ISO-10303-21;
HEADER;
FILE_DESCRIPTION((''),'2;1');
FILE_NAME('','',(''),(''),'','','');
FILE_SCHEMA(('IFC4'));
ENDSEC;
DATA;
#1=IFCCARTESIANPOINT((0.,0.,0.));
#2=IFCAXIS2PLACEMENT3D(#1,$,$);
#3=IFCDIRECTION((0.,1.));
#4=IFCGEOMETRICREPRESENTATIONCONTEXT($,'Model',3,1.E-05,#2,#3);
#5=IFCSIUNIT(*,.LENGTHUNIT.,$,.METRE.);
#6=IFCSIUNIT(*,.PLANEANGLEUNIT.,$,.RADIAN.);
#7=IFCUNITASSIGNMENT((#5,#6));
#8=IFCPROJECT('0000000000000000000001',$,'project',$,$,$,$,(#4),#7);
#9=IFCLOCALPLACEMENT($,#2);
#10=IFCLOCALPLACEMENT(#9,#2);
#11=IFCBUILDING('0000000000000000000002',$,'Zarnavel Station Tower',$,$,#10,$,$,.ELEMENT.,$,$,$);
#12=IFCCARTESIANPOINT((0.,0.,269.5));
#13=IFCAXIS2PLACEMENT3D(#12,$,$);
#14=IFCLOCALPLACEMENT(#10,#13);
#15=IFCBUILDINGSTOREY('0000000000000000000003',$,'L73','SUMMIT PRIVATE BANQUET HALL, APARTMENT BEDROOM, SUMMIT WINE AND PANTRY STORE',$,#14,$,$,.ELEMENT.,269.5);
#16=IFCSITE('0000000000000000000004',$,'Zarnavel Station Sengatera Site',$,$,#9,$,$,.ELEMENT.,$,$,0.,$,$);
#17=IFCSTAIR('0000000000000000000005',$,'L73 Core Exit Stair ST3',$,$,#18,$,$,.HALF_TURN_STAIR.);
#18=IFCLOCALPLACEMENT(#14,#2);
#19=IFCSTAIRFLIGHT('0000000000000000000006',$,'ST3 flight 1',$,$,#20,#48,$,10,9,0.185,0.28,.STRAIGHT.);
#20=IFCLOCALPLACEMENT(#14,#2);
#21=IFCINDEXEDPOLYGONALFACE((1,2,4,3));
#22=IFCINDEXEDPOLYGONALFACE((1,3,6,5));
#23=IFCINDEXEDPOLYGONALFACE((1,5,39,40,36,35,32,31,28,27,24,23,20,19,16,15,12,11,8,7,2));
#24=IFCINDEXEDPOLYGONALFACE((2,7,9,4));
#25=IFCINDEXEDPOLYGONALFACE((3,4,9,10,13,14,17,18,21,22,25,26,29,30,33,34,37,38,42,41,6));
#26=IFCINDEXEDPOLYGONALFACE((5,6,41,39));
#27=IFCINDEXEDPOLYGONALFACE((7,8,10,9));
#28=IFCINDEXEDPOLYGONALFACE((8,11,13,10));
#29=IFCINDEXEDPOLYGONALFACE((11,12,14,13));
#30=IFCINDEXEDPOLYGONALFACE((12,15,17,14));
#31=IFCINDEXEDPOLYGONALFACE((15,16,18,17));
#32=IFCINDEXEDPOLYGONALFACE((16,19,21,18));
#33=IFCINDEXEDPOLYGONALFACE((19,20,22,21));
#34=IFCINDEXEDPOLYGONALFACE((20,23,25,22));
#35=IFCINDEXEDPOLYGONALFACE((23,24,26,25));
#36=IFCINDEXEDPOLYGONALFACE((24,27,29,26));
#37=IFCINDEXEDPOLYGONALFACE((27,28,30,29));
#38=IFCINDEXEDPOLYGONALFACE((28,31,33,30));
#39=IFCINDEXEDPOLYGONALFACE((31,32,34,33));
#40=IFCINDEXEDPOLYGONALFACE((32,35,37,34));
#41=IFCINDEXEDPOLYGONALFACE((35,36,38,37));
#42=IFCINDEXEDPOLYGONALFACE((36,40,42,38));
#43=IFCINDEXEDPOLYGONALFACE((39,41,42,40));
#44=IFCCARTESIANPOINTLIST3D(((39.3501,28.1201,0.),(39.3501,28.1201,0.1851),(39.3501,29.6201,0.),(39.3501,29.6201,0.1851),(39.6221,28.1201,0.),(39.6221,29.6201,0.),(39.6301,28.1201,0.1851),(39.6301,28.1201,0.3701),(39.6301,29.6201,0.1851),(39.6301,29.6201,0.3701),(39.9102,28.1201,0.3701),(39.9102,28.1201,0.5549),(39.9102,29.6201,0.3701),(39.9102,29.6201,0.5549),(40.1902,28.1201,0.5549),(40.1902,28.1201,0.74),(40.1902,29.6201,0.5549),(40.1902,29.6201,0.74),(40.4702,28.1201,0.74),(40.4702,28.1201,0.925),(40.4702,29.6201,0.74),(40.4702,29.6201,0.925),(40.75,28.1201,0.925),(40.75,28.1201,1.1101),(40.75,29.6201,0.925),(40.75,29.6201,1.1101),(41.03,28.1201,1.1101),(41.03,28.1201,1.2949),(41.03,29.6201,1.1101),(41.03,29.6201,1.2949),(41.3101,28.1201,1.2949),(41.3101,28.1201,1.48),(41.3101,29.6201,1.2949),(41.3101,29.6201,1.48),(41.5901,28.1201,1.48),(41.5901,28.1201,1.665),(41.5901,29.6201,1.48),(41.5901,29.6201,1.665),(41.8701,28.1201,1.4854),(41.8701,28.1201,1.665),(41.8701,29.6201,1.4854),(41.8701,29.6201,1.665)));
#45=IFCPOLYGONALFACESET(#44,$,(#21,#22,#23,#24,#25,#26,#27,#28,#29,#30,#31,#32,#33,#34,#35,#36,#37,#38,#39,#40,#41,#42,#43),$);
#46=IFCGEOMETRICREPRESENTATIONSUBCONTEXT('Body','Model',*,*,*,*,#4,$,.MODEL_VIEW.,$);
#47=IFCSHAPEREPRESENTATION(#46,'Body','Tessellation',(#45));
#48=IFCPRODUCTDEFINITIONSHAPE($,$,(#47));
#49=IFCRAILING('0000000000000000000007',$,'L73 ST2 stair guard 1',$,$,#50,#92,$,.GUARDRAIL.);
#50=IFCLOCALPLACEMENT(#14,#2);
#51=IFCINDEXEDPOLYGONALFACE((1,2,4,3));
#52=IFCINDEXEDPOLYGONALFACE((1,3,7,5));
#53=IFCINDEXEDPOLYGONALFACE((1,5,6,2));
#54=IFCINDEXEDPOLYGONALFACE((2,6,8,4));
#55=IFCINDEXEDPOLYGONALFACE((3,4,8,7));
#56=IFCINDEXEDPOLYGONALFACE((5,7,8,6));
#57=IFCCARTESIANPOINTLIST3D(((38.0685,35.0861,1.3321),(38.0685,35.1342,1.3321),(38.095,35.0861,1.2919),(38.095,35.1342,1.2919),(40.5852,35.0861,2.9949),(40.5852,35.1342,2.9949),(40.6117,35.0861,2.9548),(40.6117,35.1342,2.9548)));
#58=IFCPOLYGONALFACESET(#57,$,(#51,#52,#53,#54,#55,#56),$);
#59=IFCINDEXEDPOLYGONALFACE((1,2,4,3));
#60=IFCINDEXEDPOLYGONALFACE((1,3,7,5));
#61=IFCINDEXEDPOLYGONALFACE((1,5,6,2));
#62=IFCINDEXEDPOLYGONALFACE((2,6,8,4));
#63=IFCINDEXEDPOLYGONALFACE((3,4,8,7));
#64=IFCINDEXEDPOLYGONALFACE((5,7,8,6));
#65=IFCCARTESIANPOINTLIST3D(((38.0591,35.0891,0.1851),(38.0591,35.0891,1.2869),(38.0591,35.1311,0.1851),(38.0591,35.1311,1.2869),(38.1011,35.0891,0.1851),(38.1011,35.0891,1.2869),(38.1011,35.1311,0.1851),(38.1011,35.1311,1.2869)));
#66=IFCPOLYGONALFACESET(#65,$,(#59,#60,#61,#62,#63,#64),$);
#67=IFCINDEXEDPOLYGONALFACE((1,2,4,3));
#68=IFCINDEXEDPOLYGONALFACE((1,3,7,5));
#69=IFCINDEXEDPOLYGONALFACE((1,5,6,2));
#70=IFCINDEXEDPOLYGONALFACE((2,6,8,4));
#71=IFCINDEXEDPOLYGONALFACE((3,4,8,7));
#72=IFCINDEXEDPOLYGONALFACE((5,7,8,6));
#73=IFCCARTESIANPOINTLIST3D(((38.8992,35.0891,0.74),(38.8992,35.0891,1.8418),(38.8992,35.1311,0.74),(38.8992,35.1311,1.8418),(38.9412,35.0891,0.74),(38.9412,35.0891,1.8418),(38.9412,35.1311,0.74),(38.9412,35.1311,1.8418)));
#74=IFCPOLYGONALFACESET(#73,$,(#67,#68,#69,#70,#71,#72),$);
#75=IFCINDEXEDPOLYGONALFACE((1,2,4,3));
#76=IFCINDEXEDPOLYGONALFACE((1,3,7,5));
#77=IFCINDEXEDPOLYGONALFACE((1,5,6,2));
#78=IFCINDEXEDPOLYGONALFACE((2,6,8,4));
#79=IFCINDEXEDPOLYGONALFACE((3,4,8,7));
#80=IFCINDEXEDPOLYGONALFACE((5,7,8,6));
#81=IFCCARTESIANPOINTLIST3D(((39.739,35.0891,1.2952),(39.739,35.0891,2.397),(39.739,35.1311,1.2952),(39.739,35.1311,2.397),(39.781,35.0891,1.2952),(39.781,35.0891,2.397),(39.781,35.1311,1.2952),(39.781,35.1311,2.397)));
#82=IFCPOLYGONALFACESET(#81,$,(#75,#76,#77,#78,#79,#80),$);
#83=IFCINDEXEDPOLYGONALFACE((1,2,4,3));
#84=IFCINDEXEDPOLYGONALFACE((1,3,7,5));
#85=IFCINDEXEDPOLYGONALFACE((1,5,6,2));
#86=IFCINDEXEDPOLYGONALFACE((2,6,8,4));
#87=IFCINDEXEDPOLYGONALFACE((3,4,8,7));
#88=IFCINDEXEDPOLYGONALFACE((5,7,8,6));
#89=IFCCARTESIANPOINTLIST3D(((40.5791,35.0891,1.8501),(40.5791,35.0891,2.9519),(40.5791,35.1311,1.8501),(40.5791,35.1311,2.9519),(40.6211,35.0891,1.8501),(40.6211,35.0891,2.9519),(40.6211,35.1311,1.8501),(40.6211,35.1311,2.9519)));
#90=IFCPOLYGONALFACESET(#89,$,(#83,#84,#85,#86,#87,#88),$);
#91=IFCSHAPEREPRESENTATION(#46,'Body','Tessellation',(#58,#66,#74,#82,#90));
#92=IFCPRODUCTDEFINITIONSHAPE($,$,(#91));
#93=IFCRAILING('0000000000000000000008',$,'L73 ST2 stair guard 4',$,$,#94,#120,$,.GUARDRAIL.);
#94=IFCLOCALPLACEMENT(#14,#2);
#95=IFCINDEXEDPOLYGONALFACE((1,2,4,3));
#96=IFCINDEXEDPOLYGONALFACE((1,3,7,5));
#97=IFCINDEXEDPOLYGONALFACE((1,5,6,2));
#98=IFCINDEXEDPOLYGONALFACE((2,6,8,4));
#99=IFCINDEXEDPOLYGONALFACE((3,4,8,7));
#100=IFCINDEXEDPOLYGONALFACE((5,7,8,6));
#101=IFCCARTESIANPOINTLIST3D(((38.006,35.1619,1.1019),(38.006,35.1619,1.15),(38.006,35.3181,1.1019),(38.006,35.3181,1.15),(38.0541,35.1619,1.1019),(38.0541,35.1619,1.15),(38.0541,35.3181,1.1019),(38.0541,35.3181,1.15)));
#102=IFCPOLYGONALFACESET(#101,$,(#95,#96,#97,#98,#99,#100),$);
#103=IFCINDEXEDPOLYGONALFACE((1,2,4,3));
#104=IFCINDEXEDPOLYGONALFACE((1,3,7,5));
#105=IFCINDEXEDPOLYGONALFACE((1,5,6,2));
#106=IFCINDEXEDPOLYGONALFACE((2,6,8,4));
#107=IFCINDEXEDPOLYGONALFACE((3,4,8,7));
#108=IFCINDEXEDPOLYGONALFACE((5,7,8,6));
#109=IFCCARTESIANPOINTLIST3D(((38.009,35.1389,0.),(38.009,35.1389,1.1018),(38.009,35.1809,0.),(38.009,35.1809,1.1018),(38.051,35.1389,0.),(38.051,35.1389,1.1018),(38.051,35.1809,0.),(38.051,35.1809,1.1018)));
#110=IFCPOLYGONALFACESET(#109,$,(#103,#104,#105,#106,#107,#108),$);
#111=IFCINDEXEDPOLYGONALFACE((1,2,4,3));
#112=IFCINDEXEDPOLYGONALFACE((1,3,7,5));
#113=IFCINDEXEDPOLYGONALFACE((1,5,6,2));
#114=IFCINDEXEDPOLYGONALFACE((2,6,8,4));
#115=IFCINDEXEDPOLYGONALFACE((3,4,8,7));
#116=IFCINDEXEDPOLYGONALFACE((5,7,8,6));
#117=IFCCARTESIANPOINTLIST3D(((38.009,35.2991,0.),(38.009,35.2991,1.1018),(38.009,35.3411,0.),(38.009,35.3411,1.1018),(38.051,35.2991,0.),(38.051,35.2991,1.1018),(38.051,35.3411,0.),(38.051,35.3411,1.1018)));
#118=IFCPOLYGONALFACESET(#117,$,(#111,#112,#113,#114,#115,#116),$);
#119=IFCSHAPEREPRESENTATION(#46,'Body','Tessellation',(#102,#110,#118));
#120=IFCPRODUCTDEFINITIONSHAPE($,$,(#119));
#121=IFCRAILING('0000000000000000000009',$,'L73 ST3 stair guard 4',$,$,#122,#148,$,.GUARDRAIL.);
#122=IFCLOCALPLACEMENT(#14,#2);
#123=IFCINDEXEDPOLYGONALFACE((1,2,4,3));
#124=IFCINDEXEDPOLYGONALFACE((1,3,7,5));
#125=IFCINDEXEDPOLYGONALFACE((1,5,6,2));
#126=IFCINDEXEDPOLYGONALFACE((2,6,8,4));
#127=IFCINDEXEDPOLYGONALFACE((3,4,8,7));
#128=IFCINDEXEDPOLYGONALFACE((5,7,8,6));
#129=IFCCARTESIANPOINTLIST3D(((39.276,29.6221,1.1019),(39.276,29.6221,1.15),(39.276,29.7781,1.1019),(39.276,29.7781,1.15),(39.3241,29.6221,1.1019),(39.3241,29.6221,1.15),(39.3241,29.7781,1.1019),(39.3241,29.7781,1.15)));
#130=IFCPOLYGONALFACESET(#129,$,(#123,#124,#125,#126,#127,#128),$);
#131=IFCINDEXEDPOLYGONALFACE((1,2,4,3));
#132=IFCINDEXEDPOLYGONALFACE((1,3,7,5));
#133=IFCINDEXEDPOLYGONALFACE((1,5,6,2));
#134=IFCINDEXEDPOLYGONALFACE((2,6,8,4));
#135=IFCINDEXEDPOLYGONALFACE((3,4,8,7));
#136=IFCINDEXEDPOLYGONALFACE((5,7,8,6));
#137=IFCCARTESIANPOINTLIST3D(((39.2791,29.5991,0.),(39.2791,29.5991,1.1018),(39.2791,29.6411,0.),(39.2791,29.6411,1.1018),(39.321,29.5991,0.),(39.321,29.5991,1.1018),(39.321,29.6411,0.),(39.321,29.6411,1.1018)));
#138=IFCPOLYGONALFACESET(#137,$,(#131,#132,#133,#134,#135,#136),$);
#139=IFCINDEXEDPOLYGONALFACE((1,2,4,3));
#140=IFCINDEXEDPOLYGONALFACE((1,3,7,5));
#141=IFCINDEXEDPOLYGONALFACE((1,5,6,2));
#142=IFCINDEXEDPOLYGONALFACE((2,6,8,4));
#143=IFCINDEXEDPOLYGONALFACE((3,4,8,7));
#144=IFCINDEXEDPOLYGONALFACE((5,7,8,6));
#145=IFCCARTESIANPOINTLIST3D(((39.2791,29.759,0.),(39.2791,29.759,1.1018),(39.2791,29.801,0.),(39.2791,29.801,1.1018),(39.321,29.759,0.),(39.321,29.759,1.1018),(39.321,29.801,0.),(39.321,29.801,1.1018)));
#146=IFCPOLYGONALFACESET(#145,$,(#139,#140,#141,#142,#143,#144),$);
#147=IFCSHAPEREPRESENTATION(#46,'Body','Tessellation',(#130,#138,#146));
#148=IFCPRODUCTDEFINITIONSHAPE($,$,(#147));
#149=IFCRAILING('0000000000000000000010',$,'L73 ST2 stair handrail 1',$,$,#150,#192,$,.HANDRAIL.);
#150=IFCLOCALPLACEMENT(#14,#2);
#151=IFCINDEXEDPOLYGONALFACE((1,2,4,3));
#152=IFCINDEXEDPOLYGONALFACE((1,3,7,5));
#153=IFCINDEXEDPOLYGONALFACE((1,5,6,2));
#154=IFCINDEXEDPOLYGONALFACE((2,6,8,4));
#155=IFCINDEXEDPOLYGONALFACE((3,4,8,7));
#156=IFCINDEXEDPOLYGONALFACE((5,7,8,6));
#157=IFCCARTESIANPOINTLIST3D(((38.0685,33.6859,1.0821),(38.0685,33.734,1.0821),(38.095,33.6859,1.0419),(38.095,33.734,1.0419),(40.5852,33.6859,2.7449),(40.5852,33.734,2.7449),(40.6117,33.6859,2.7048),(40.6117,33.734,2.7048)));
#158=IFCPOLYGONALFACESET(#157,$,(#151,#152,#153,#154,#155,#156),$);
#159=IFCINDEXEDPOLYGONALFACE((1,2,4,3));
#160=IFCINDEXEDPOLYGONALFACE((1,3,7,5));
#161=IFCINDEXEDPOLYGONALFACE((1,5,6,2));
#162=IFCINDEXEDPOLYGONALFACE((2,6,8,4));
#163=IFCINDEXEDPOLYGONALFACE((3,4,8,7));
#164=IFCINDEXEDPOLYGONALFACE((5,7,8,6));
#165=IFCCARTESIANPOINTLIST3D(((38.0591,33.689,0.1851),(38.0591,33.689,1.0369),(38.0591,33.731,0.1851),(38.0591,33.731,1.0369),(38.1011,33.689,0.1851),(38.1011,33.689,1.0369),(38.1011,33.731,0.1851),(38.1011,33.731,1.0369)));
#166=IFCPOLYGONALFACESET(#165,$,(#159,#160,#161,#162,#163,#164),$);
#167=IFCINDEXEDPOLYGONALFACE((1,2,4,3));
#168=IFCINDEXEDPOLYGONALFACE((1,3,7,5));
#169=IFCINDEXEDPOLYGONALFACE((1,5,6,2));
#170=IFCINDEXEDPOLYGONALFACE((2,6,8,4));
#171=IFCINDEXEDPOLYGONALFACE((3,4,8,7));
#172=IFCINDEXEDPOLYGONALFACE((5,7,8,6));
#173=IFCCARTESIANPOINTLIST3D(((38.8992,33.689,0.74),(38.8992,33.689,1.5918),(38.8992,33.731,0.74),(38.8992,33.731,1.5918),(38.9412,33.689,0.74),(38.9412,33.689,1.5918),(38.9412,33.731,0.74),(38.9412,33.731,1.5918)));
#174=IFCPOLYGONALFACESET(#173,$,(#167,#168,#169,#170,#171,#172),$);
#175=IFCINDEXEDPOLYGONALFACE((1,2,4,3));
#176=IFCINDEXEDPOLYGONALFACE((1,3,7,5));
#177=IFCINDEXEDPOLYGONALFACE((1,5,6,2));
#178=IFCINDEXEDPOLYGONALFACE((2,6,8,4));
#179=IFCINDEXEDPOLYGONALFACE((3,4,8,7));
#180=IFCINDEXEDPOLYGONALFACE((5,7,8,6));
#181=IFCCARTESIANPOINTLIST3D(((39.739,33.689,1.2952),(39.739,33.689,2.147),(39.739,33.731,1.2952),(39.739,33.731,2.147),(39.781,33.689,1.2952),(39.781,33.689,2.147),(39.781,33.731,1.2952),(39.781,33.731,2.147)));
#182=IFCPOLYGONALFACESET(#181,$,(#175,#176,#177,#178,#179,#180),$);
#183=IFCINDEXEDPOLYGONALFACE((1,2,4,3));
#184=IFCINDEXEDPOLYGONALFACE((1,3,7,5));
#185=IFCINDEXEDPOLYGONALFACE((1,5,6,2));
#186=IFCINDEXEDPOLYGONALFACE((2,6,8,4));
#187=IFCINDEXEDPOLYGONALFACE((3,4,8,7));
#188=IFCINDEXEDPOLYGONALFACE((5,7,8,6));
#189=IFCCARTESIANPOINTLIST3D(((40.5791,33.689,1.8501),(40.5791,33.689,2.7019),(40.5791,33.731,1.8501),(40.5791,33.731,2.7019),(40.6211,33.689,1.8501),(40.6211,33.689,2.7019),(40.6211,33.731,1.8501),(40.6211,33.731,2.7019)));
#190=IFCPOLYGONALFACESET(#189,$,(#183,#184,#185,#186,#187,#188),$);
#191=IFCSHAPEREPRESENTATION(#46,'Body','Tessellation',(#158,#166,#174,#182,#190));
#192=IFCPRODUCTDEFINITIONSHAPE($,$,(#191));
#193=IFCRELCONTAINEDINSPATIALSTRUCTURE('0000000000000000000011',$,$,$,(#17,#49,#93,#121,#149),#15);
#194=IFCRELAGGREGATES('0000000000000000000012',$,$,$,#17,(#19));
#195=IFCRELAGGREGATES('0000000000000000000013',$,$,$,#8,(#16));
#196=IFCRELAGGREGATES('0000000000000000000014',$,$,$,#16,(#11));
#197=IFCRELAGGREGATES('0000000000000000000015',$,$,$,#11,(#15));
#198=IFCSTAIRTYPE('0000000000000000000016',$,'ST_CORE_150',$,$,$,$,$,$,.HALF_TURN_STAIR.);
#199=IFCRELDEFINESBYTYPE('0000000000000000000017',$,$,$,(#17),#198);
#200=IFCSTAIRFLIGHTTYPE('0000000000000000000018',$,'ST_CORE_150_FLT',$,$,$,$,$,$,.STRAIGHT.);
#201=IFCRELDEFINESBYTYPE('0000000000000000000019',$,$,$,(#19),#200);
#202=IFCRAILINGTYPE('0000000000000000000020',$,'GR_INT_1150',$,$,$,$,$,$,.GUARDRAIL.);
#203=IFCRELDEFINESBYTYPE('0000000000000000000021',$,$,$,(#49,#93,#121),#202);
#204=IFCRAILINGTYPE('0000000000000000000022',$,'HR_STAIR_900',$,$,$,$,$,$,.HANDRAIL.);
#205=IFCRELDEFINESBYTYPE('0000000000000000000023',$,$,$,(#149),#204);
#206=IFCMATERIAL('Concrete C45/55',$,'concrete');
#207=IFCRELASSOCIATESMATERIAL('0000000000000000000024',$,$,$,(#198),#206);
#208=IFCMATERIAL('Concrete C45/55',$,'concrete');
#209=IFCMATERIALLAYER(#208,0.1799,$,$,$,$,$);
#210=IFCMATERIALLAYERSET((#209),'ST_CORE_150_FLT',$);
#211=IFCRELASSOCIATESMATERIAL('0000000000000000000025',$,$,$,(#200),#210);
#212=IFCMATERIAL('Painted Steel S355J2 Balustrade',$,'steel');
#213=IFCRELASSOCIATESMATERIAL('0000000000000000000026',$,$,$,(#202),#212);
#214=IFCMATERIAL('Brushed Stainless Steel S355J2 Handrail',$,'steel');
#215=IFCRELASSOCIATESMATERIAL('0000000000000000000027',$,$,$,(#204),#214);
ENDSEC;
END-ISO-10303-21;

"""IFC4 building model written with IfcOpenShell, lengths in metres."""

from ifc_helpers import new_model, si_unit, direction, frame, origin, origin_2d, place, context, subcontext, project, spatial, polyline, rectangle, outline, extrude, material, layer, layer_set, type_object, element, aggregate, save


model = new_model("IFC4")

# Units and contexts
model_context = context("Model", 3, precision=1e-05, world=origin(), true_north=direction((0.0, 1.0)))
body_context = subcontext(model_context, "Body", "Model", "MODEL_VIEW")
ifc_project = project(units=[si_unit("LENGTHUNIT", "METRE"), si_unit("PLANEANGLEUNIT", "RADIAN")], contexts=[model_context])

# Site, building, storey
site_placement = place(None, origin())
site = spatial("IfcSite", under=ifc_project, at=site_placement, Name="Zarnavel Station Sengatera Site", CompositionType="ELEMENT", RefElevation=0.0)
building_placement = place(site_placement, origin())
building = spatial("IfcBuilding", under=site, at=building_placement, Name="Zarnavel Station Tower", CompositionType="ELEMENT")
storey_placement = place(building_placement, frame((0.0, 0.0, 269.5)))
storey = spatial("IfcBuildingStorey", under=building, at=storey_placement, Name="L73", Description="SUMMIT PRIVATE BANQUET HALL, APARTMENT BEDROOM, SUMMIT WINE AND PANTRY STORE", CompositionType="ELEMENT", Elevation=269.5)

# Stair, stair flight
ifc_material_1 = material(Name="Concrete C45/55", Category="concrete")
stair_type = type_object("IfcStairType", Name="ST_CORE_150", PredefinedType="HALF_TURN_STAIR", material=ifc_material_1)
ifc_material_2 = material(Name="Concrete C45/55", Category="concrete")
ifc_layer_1 = layer(ifc_material_2, 0.1799)
ifc_layer_set_1 = layer_set([ifc_layer_1], Name="ST_CORE_150_FLT")
stair_flight_type = type_object("IfcStairFlightType", Name="ST_CORE_150_FLT", PredefinedType="STRAIGHT", material=ifc_layer_set_1)
stair_1_placement = place(storey_placement, origin())
stair_1 = element("IfcStair", 1, at=stair_1_placement, inside=storey, type_object=stair_type, Name="L73 Core Exit Stair ST3", PredefinedType="HALF_TURN_STAIR")
stair_flight_1_placement = place(storey_placement, frame((39.3501, 28.8701, 0.0), z_axis=(0.0, 0.0, 1.0), x_axis=(1.0, 0.0, 0.0)))
stair_flight_1 = element("IfcStairFlight", 2, at=stair_flight_1_placement, type_object=stair_flight_type, Name="ST3 flight 1", NumberOfRisers=10, NumberOfTreads=9, PredefinedType="STRAIGHT", RiserHeight=0.185, TreadLength=0.28, context=body_context, shape_type="SweptSolid", body=[
    extrude(outline(polyline([(0.0, 0.0), (0.0, 0.1851), (0.28, 0.1851), (0.28, 0.3701), (0.5601, 0.3701), (0.5601, 0.5549), (0.8401, 0.5549), (0.8401, 0.74), (1.1201, 0.74), (1.1201, 0.925), (1.3999, 0.925), (1.3999, 1.1101), (1.6799, 1.1101), (1.6799, 1.2949), (1.96, 1.2949), (1.96, 1.48), (2.24, 1.48), (2.24, 1.665), (2.52, 1.665), (2.52, 1.8501), (2.52, 1.4854), (0.272, 0.0), (0.0, 0.0)])), frame((0.0, 0.75, 0.0), z_axis=(0.0, -1.0, 0.0), x_axis=(1.0, 0.0, 0.0)), (0.0, 0.0, 1.0), 1.5),
])
aggregate(stair_1, [stair_flight_1])

# Railings
ifc_material_3 = material(Name="Painted Steel S355J2 Balustrade", Category="steel")
railing_type_1 = type_object("IfcRailingType", Name="GR_INT_1150", PredefinedType="GUARDRAIL", material=ifc_material_3)
railing_1_placement = place(storey_placement, frame((38.0801, 35.1101, 0.1851)))
element("IfcRailing", 3, at=railing_1_placement, inside=storey, type_object=railing_type_1, Name="L73 ST2 stair guard 1", PredefinedType="GUARDRAIL", context=body_context, shape_type="SweptSolid", body=[
    extrude(rectangle(XDim=0.0481, YDim=0.0481, at=origin_2d()), frame((0.0017, 0.0, 1.127), z_axis=(0.834331, 0.0, 0.551263), x_axis=(0.0, 1.0, 0.0)), (0.0, 0.0, 1.0), 3.0164),
    extrude(rectangle(XDim=0.042, YDim=0.042, at=origin_2d()), origin(), (0.0, 0.0, 1.0), 1.1018),
    extrude(rectangle(XDim=0.042, YDim=0.042, at=origin_2d()), frame((0.8401, 0.0, 0.5549)), (0.0, 0.0, 1.0), 1.1018),
    extrude(rectangle(XDim=0.042, YDim=0.042, at=origin_2d()), frame((1.6799, 0.0, 1.1101)), (0.0, 0.0, 1.0), 1.1018),
    extrude(rectangle(XDim=0.042, YDim=0.042, at=origin_2d()), frame((2.52, 0.0, 1.665)), (0.0, 0.0, 1.0), 1.1018),
])
railing_2_placement = place(storey_placement, frame((38.03, 35.1599, 0.0)))
element("IfcRailing", 4, at=railing_2_placement, inside=storey, type_object=railing_type_1, Name="L73 ST2 stair guard 4", PredefinedType="GUARDRAIL", context=body_context, shape_type="SweptSolid", body=[
    extrude(rectangle(XDim=0.0481, YDim=0.0481, at=origin_2d()), frame((0.0, 0.002, 1.126), z_axis=(0.0, 1.0, 0.0), x_axis=(-1.0, 0.0, 0.0)), (0.0, 0.0, 1.0), 0.1562),
    extrude(rectangle(XDim=0.042, YDim=0.042, at=origin_2d()), origin(), (0.0, 0.0, 1.0), 1.1018),
    extrude(rectangle(XDim=0.042, YDim=0.042, at=origin_2d()), frame((0.0, 0.1602, 0.0)), (0.0, 0.0, 1.0), 1.1018),
])
railing_3_placement = place(storey_placement, frame((39.3, 29.6201, 0.0)))
element("IfcRailing", 5, at=railing_3_placement, inside=storey, type_object=railing_type_1, Name="L73 ST3 stair guard 4", PredefinedType="GUARDRAIL", context=body_context, shape_type="SweptSolid", body=[
    extrude(rectangle(XDim=0.0481, YDim=0.0481, at=origin_2d()), frame((0.0, 0.002, 1.126), z_axis=(0.0, 1.0, 0.0), x_axis=(-1.0, 0.0, 0.0)), (0.0, 0.0, 1.0), 0.156),
    extrude(rectangle(XDim=0.042, YDim=0.042, at=origin_2d()), origin(), (0.0, 0.0, 1.0), 1.1018),
    extrude(rectangle(XDim=0.042, YDim=0.042, at=origin_2d()), frame((0.0, 0.1599, 0.0)), (0.0, 0.0, 1.0), 1.1018),
])
ifc_material_4 = material(Name="Brushed Stainless Steel S355J2 Handrail", Category="steel")
railing_type_2 = type_object("IfcRailingType", Name="HR_STAIR_900", PredefinedType="HANDRAIL", material=ifc_material_4)
railing_4_placement = place(storey_placement, frame((38.0801, 33.71, 0.1851)))
element("IfcRailing", 6, at=railing_4_placement, inside=storey, type_object=railing_type_2, Name="L73 ST2 stair handrail 1", PredefinedType="HANDRAIL", context=body_context, shape_type="SweptSolid", body=[
    extrude(rectangle(XDim=0.0481, YDim=0.0481, at=origin_2d()), frame((0.0017, 0.0, 0.877), z_axis=(0.834331, 0.0, 0.551263), x_axis=(0.0, 1.0, 0.0)), (0.0, 0.0, 1.0), 3.0164),
    extrude(rectangle(XDim=0.042, YDim=0.042, at=origin_2d()), origin(), (0.0, 0.0, 1.0), 0.8518),
    extrude(rectangle(XDim=0.042, YDim=0.042, at=origin_2d()), frame((0.8401, 0.0, 0.5549)), (0.0, 0.0, 1.0), 0.8518),
    extrude(rectangle(XDim=0.042, YDim=0.042, at=origin_2d()), frame((1.6799, 0.0, 1.1101)), (0.0, 0.0, 1.0), 0.8518),
    extrude(rectangle(XDim=0.042, YDim=0.042, at=origin_2d()), frame((2.52, 0.0, 1.665)), (0.0, 0.0, 1.0), 0.8518),
])

save(model, "model.ifc")
